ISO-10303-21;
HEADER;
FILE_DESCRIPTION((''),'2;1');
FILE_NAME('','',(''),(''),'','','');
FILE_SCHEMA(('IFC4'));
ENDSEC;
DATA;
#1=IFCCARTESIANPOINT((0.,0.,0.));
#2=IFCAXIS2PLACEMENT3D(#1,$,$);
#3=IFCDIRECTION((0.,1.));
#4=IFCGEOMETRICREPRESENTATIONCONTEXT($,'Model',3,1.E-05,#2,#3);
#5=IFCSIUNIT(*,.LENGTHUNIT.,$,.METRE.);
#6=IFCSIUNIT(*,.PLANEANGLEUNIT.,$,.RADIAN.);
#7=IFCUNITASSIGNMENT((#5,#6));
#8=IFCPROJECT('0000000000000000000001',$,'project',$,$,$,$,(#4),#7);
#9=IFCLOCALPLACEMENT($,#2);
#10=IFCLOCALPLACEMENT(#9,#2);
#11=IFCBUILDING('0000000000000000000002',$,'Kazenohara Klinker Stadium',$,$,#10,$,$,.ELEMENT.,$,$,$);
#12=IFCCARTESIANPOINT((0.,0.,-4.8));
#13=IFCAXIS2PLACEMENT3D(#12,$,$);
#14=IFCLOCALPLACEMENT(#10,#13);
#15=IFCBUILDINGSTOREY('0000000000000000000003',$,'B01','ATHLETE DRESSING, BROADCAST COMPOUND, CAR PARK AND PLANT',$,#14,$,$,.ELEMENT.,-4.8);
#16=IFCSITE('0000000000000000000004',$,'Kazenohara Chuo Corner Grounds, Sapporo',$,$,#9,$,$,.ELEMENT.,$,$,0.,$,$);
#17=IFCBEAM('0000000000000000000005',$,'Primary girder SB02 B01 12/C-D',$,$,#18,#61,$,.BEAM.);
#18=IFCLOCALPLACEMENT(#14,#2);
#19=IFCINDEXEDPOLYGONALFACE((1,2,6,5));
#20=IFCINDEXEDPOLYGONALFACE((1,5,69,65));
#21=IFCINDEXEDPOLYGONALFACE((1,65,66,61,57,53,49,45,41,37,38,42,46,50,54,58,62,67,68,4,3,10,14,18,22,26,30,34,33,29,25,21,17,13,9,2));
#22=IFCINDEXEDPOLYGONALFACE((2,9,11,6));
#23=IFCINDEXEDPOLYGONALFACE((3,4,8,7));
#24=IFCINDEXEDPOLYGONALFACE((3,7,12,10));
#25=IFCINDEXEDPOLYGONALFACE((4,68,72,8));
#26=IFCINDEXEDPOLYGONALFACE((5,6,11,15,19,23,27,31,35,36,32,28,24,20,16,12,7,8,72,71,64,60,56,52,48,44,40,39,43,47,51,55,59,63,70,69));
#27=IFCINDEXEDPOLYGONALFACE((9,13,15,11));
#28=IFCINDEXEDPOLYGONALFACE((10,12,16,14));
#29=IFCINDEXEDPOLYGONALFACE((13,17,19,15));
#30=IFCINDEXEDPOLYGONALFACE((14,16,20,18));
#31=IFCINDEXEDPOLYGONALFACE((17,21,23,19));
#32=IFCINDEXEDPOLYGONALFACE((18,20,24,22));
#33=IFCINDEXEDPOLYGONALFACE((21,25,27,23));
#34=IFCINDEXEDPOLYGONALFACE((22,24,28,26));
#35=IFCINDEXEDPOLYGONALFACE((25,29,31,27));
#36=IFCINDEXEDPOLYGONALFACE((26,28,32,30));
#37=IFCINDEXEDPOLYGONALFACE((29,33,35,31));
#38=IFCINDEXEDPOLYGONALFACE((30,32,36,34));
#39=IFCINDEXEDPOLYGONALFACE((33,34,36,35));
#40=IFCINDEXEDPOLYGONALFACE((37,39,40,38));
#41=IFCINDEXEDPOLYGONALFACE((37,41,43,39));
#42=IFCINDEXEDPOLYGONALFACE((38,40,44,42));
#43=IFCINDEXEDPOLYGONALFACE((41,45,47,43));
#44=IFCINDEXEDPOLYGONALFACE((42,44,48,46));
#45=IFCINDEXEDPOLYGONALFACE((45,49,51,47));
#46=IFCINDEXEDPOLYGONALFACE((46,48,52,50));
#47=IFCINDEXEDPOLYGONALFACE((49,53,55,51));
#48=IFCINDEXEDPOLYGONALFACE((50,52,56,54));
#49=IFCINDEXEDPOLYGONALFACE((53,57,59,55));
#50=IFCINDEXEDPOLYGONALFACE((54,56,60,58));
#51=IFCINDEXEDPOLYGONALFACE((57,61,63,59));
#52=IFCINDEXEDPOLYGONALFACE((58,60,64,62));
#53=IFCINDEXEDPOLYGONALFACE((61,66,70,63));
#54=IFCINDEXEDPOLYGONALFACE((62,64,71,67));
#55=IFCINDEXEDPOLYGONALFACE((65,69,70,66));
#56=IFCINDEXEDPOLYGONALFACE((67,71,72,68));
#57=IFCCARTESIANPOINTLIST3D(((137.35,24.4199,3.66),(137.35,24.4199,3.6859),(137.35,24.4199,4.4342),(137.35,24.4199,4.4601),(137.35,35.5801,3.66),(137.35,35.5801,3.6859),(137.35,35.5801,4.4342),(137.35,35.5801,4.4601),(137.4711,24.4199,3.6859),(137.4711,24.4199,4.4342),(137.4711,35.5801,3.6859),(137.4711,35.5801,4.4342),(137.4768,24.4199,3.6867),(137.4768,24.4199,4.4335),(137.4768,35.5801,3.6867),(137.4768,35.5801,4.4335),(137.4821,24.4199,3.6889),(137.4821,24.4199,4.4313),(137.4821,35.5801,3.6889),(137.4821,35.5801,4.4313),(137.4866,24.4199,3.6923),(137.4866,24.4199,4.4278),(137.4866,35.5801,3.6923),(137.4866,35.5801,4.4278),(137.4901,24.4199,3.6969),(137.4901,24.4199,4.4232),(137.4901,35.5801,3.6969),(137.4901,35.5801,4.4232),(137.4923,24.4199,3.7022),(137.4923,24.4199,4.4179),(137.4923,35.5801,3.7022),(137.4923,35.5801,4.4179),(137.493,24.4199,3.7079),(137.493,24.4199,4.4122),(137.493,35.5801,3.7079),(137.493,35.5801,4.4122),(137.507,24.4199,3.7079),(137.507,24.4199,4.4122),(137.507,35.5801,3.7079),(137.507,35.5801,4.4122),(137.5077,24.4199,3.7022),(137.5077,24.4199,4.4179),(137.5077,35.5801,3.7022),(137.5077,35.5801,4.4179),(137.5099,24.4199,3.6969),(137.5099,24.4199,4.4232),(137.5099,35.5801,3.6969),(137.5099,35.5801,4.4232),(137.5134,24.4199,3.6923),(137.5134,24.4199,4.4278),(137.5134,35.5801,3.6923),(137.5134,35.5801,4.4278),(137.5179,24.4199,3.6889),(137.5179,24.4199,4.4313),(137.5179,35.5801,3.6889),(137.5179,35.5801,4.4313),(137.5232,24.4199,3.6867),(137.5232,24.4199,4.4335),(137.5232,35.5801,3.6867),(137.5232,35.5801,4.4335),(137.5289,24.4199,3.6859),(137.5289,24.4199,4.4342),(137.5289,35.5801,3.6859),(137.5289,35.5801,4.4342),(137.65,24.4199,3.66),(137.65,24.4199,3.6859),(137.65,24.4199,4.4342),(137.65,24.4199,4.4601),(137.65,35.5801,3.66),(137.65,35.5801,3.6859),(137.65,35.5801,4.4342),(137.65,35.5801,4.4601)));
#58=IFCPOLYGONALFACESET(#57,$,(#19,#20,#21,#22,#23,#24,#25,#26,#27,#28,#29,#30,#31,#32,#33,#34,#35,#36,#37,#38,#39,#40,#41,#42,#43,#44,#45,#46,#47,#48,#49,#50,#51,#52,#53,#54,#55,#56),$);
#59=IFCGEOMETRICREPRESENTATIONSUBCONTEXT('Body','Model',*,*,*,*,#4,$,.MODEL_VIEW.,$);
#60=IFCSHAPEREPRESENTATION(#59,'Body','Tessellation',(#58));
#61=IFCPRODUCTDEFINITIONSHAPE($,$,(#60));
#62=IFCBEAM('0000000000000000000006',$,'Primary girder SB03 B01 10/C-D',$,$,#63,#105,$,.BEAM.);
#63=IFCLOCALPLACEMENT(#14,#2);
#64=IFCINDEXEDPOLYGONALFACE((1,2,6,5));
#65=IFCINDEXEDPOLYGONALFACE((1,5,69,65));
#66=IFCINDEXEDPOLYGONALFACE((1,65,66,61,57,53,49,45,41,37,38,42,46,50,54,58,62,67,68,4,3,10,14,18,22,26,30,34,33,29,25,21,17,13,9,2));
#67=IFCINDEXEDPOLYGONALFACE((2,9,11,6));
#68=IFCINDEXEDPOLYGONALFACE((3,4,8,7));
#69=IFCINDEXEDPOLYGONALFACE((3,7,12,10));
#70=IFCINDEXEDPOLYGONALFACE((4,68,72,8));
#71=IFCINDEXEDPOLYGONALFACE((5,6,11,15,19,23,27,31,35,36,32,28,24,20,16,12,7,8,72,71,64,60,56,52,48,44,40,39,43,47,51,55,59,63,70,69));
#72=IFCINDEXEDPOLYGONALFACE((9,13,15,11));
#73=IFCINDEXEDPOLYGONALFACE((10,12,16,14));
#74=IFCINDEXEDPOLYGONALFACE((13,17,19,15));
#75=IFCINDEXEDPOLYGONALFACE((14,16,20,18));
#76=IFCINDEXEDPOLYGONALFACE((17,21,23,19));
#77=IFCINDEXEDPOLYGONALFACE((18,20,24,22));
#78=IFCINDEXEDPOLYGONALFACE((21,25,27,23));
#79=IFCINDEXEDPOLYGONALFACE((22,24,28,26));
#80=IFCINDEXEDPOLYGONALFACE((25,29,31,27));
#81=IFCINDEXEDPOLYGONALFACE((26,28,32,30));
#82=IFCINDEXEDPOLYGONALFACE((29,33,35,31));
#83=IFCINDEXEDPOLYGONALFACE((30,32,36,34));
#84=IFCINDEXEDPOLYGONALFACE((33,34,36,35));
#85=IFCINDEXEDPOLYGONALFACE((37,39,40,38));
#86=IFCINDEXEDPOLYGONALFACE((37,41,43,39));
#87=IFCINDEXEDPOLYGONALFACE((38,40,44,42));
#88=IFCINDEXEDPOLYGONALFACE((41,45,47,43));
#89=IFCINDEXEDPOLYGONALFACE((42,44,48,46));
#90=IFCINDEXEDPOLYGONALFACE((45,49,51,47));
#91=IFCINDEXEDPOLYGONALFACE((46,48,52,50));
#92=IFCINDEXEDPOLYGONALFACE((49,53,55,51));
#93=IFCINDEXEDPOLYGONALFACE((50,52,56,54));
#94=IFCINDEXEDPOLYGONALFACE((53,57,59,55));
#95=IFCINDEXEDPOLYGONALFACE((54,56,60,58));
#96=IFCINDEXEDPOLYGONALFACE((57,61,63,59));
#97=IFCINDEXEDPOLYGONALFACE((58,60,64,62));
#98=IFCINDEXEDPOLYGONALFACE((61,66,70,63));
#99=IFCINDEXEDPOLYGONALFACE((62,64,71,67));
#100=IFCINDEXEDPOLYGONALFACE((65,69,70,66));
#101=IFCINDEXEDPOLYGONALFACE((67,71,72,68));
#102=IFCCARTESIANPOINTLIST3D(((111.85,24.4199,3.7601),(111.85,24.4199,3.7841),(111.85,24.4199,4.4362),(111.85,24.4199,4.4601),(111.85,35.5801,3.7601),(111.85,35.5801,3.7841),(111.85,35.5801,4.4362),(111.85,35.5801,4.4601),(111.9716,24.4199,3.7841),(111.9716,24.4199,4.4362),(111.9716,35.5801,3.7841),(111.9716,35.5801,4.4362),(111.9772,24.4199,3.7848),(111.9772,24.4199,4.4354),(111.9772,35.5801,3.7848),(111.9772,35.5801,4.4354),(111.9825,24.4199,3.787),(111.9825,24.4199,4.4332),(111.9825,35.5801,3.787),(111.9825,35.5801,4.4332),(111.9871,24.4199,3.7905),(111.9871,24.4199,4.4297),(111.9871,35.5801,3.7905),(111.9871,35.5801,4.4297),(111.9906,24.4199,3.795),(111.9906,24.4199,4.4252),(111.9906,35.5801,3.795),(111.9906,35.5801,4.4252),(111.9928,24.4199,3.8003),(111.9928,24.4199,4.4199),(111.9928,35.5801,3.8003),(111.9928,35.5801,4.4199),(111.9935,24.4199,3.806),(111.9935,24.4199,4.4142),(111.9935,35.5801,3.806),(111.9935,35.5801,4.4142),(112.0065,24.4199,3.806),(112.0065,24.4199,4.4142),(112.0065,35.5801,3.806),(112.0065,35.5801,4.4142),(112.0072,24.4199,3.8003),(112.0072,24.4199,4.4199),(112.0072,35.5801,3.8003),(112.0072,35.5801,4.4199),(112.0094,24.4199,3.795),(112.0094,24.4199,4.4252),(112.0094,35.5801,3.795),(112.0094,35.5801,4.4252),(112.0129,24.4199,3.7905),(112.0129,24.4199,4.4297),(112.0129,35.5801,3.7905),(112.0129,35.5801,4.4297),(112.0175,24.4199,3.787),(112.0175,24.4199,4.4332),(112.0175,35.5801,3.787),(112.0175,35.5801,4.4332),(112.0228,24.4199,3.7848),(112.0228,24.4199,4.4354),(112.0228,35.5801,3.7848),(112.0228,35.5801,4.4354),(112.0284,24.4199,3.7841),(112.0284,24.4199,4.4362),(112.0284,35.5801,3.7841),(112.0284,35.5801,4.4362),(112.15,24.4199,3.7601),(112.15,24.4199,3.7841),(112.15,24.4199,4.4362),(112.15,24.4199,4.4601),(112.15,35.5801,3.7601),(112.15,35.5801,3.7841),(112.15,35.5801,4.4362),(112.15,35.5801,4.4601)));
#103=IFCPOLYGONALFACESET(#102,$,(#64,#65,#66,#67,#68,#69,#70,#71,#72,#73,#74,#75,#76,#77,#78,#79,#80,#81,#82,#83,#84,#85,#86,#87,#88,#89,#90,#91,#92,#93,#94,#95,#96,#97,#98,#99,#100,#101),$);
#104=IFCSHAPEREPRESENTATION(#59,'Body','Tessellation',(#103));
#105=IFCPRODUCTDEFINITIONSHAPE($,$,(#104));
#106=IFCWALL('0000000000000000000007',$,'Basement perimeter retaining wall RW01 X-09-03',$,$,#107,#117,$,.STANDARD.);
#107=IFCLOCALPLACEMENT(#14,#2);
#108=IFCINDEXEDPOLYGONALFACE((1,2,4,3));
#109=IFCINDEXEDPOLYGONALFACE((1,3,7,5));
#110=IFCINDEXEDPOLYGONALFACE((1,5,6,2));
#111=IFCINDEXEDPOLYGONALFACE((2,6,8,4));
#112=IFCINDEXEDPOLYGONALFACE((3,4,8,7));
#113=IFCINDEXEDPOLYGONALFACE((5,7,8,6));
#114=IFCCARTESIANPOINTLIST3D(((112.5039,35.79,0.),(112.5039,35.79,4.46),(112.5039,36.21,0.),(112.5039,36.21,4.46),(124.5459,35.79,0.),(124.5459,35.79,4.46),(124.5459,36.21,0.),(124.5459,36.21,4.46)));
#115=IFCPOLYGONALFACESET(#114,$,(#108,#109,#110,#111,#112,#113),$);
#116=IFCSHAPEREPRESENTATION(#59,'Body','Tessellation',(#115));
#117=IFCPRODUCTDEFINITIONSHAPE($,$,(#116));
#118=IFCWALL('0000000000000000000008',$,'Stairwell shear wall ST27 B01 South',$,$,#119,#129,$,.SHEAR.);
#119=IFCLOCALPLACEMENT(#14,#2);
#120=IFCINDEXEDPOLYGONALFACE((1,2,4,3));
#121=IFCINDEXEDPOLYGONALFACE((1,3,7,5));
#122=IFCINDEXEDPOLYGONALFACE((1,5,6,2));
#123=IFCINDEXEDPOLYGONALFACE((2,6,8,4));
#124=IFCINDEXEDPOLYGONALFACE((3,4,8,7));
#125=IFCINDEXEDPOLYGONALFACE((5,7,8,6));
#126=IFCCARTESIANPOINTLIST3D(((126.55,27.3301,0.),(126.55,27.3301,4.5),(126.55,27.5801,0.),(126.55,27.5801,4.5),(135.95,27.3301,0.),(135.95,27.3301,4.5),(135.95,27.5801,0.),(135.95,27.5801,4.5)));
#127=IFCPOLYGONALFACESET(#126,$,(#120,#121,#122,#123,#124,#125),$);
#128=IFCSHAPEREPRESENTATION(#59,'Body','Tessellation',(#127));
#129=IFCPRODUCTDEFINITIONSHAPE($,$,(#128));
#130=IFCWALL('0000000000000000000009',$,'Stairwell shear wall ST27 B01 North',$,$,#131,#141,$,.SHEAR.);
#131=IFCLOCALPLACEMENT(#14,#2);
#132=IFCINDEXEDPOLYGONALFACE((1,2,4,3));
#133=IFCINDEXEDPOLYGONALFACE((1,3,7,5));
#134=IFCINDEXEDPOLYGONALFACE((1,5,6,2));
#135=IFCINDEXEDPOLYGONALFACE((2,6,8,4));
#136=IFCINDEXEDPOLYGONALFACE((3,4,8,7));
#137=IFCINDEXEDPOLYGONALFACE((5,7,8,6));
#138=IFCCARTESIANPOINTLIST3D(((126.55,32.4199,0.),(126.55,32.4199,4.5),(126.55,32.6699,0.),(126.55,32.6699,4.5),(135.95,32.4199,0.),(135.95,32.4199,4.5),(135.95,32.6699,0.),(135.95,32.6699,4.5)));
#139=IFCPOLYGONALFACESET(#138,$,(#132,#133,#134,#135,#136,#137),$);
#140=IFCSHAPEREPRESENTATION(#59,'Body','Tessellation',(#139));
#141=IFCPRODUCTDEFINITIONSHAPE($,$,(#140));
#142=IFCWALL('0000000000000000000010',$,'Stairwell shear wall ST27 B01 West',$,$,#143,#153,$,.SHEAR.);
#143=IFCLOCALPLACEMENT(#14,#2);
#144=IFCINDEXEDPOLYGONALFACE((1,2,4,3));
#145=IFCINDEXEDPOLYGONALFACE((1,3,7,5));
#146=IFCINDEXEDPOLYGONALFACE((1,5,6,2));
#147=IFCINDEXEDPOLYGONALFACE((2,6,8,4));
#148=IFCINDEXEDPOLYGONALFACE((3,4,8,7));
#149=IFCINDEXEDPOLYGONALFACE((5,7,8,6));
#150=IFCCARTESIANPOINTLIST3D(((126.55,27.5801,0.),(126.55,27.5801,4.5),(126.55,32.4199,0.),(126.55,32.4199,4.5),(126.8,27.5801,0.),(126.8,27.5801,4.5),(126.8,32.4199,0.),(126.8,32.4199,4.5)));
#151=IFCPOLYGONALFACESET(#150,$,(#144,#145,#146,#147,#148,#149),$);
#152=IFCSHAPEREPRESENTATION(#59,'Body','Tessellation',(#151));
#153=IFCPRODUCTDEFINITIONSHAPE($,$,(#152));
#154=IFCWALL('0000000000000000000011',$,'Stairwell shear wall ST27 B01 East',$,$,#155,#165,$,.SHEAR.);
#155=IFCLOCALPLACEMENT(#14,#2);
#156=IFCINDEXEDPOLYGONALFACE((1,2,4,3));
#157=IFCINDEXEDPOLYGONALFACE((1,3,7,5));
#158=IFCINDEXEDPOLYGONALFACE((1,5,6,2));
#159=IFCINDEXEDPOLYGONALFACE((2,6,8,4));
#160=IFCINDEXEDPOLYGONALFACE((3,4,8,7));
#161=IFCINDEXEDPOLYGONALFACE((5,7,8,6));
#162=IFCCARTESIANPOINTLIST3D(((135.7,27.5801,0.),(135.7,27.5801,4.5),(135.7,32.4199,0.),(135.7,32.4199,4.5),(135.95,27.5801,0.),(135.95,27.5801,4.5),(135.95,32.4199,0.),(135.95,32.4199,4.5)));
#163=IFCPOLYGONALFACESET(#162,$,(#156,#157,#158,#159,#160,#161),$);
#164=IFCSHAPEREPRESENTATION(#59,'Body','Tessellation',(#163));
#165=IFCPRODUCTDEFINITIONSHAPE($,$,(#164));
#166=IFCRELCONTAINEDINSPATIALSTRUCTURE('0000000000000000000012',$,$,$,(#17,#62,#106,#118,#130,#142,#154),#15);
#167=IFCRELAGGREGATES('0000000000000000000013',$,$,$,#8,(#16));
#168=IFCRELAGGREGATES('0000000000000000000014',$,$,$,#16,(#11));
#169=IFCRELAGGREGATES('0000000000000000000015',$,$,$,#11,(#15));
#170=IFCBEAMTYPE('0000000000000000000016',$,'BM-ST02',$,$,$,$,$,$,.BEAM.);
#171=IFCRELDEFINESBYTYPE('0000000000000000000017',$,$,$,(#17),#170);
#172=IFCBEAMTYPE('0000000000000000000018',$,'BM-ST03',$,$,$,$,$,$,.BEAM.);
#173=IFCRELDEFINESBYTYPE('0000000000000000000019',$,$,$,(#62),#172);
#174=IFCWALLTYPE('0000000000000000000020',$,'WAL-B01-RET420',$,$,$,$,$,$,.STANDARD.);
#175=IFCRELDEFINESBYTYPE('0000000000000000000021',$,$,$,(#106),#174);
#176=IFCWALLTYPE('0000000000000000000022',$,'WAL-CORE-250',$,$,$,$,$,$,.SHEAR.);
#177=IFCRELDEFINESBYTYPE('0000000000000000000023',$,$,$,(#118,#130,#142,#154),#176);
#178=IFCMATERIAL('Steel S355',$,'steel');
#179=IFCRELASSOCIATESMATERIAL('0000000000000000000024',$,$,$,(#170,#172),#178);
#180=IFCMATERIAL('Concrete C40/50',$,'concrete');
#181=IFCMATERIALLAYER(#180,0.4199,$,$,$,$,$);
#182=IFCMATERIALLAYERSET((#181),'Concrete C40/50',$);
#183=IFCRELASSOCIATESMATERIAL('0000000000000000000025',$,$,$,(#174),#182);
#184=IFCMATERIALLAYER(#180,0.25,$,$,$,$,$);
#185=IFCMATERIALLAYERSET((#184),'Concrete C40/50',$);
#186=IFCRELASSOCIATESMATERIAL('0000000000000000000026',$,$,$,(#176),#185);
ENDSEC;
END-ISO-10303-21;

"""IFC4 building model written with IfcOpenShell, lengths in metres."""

from ifc_helpers import new_model, si_unit, direction, frame, frame_2d, origin, origin_2d, place, context, subcontext, project, spatial, rectangle, i_section, extrude, material, layer, layer_set, material_profile, profile_set, type_object, element, save


model = new_model("IFC4")

# Units and contexts
model_context = context("Model", 3, precision=1e-05, world=origin(), true_north=direction((0.0, 1.0)))
body_context = subcontext(model_context, "Body", "Model", "MODEL_VIEW")
ifc_project = project(units=[si_unit("LENGTHUNIT", "METRE"), si_unit("PLANEANGLEUNIT", "RADIAN")], contexts=[model_context])

# Site, building, storey
site_placement = place(None, origin())
site = spatial("IfcSite", under=ifc_project, at=site_placement, Name="Kazenohara Chuo Corner Grounds, Sapporo", CompositionType="ELEMENT", RefElevation=0.0)
building_placement = place(site_placement, origin())
building = spatial("IfcBuilding", under=site, at=building_placement, Name="Kazenohara Klinker Stadium", CompositionType="ELEMENT")
storey_placement = place(building_placement, frame((0.0, 0.0, -4.8)))
storey = spatial("IfcBuildingStorey", under=building, at=storey_placement, Name="B01", Description="ATHLETE DRESSING, BROADCAST COMPOUND, CAR PARK AND PLANT", CompositionType="ELEMENT", Elevation=-4.8)

# Shared definitions
ifc_material_1 = material(Name="Concrete C40/50", Category="concrete")

# Beams
ifc_material_2 = material(Name="Steel S355", Category="steel")
ifc_material_profile_1 = material_profile(ifc_material_2, i_section(OverallWidth=0.3, OverallDepth=0.8, WebThickness=0.0139, FlangeThickness=0.0259, FilletRadius=0.022, at=origin_2d()), Name="H-800x300x14x26")
ifc_profile_set_1 = profile_set([ifc_material_profile_1], Name="Steel S355")
beam_type_1 = type_object("IfcBeamType", Name="BM-ST02", PredefinedType="BEAM", material=ifc_profile_set_1)
beam_1_placement = place(storey_placement, frame((137.5, 24.4199, 4.0601), z_axis=(0.0, 1.0, 0.0), x_axis=(-1.0, 0.0, 0.0)))
element("IfcBeam", 1, at=beam_1_placement, inside=storey, type_object=beam_type_1, Name="Primary girder SB02 B01 12/C-D", PredefinedType="BEAM", context=body_context, shape_type="SweptSolid", body=[
    extrude(i_section(OverallWidth=0.3, OverallDepth=0.8, WebThickness=0.0139, FlangeThickness=0.0259, FilletRadius=0.022, at=origin_2d()), origin(), (0.0, 0.0, 1.0), 11.1602),
])
ifc_material_profile_2 = material_profile(ifc_material_2, i_section(OverallWidth=0.3, OverallDepth=0.7, WebThickness=0.0129, FlangeThickness=0.0239, FilletRadius=0.022, at=origin_2d()), Name="H-700x300x13x24")
ifc_profile_set_2 = profile_set([ifc_material_profile_2], Name="Steel S355")
beam_type_2 = type_object("IfcBeamType", Name="BM-ST03", PredefinedType="BEAM", material=ifc_profile_set_2)
beam_2_placement = place(storey_placement, frame((112.0, 24.4199, 4.1101), z_axis=(0.0, 1.0, 0.0), x_axis=(-1.0, 0.0, 0.0)))
element("IfcBeam", 2, at=beam_2_placement, inside=storey, type_object=beam_type_2, Name="Primary girder SB03 B01 10/C-D", PredefinedType="BEAM", context=body_context, shape_type="SweptSolid", body=[
    extrude(i_section(OverallWidth=0.3, OverallDepth=0.7, WebThickness=0.0129, FlangeThickness=0.0239, FilletRadius=0.022, at=origin_2d()), origin(), (0.0, 0.0, 1.0), 11.1602),
])

# Walls
ifc_layer_1 = layer(ifc_material_1, 0.4199)
ifc_layer_set_1 = layer_set([ifc_layer_1], Name="Concrete C40/50")
wall_type_1 = type_object("IfcWallType", Name="WAL-B01-RET420", PredefinedType="STANDARD", material=ifc_layer_set_1)
wall_1_placement = place(storey_placement, frame((112.5039, 36.0, 0.0), z_axis=(0.0, 0.0, 1.0), x_axis=(1.0, 0.0, 0.0)))
element("IfcWall", 3, at=wall_1_placement, inside=storey, type_object=wall_type_1, Name="Basement perimeter retaining wall RW01 X-09-03", PredefinedType="STANDARD", context=body_context, shape_type="SweptSolid", body=[
    extrude(rectangle(XDim=12.042, YDim=0.4199, at=frame_2d((6.021, 0.0))), origin(), (0.0, 0.0, 1.0), 4.46),
])
ifc_layer_2 = layer(ifc_material_1, 0.25)
ifc_layer_set_2 = layer_set([ifc_layer_2], Name="Concrete C40/50")
wall_type_2 = type_object("IfcWallType", Name="WAL-CORE-250", PredefinedType="SHEAR", material=ifc_layer_set_2)
for number, where, z_axis, x_axis, name in (
    (4, (126.55, 27.4551, 0.0), (0.0, 0.0, 1.0), (1.0, 0.0, 0.0), "Stairwell shear wall ST27 B01 South"),
    (5, (126.55, 32.5449, 0.0), (0.0, 0.0, 1.0), (1.0, 0.0, 0.0), "Stairwell shear wall ST27 B01 North"),
):
    element("IfcWall", number, at=place(storey_placement, frame(where, z_axis=z_axis, x_axis=x_axis)), inside=storey, type_object=wall_type_2, Name=name, PredefinedType="SHEAR", context=body_context, shape_type="SweptSolid", body=[
        extrude(rectangle(XDim=9.3999, YDim=0.25, at=frame_2d((4.7, 0.0))), origin(), (0.0, 0.0, 1.0), 4.5),
    ])
for number, where, z_axis, x_axis, name in (
    (6, (126.675, 27.5801, 0.0), (0.0, 0.0, 1.0), (0.0, 1.0, 0.0), "Stairwell shear wall ST27 B01 West"),
    (7, (135.825, 27.5801, 0.0), (0.0, 0.0, 1.0), (0.0, 1.0, 0.0), "Stairwell shear wall ST27 B01 East"),
):
    element("IfcWall", number, at=place(storey_placement, frame(where, z_axis=z_axis, x_axis=x_axis)), inside=storey, type_object=wall_type_2, Name=name, PredefinedType="SHEAR", context=body_context, shape_type="SweptSolid", body=[
        extrude(rectangle(XDim=4.8398, YDim=0.25, at=frame_2d((2.4199, 0.0))), origin(), (0.0, 0.0, 1.0), 4.5),
    ])

save(model, "model.ifc")
